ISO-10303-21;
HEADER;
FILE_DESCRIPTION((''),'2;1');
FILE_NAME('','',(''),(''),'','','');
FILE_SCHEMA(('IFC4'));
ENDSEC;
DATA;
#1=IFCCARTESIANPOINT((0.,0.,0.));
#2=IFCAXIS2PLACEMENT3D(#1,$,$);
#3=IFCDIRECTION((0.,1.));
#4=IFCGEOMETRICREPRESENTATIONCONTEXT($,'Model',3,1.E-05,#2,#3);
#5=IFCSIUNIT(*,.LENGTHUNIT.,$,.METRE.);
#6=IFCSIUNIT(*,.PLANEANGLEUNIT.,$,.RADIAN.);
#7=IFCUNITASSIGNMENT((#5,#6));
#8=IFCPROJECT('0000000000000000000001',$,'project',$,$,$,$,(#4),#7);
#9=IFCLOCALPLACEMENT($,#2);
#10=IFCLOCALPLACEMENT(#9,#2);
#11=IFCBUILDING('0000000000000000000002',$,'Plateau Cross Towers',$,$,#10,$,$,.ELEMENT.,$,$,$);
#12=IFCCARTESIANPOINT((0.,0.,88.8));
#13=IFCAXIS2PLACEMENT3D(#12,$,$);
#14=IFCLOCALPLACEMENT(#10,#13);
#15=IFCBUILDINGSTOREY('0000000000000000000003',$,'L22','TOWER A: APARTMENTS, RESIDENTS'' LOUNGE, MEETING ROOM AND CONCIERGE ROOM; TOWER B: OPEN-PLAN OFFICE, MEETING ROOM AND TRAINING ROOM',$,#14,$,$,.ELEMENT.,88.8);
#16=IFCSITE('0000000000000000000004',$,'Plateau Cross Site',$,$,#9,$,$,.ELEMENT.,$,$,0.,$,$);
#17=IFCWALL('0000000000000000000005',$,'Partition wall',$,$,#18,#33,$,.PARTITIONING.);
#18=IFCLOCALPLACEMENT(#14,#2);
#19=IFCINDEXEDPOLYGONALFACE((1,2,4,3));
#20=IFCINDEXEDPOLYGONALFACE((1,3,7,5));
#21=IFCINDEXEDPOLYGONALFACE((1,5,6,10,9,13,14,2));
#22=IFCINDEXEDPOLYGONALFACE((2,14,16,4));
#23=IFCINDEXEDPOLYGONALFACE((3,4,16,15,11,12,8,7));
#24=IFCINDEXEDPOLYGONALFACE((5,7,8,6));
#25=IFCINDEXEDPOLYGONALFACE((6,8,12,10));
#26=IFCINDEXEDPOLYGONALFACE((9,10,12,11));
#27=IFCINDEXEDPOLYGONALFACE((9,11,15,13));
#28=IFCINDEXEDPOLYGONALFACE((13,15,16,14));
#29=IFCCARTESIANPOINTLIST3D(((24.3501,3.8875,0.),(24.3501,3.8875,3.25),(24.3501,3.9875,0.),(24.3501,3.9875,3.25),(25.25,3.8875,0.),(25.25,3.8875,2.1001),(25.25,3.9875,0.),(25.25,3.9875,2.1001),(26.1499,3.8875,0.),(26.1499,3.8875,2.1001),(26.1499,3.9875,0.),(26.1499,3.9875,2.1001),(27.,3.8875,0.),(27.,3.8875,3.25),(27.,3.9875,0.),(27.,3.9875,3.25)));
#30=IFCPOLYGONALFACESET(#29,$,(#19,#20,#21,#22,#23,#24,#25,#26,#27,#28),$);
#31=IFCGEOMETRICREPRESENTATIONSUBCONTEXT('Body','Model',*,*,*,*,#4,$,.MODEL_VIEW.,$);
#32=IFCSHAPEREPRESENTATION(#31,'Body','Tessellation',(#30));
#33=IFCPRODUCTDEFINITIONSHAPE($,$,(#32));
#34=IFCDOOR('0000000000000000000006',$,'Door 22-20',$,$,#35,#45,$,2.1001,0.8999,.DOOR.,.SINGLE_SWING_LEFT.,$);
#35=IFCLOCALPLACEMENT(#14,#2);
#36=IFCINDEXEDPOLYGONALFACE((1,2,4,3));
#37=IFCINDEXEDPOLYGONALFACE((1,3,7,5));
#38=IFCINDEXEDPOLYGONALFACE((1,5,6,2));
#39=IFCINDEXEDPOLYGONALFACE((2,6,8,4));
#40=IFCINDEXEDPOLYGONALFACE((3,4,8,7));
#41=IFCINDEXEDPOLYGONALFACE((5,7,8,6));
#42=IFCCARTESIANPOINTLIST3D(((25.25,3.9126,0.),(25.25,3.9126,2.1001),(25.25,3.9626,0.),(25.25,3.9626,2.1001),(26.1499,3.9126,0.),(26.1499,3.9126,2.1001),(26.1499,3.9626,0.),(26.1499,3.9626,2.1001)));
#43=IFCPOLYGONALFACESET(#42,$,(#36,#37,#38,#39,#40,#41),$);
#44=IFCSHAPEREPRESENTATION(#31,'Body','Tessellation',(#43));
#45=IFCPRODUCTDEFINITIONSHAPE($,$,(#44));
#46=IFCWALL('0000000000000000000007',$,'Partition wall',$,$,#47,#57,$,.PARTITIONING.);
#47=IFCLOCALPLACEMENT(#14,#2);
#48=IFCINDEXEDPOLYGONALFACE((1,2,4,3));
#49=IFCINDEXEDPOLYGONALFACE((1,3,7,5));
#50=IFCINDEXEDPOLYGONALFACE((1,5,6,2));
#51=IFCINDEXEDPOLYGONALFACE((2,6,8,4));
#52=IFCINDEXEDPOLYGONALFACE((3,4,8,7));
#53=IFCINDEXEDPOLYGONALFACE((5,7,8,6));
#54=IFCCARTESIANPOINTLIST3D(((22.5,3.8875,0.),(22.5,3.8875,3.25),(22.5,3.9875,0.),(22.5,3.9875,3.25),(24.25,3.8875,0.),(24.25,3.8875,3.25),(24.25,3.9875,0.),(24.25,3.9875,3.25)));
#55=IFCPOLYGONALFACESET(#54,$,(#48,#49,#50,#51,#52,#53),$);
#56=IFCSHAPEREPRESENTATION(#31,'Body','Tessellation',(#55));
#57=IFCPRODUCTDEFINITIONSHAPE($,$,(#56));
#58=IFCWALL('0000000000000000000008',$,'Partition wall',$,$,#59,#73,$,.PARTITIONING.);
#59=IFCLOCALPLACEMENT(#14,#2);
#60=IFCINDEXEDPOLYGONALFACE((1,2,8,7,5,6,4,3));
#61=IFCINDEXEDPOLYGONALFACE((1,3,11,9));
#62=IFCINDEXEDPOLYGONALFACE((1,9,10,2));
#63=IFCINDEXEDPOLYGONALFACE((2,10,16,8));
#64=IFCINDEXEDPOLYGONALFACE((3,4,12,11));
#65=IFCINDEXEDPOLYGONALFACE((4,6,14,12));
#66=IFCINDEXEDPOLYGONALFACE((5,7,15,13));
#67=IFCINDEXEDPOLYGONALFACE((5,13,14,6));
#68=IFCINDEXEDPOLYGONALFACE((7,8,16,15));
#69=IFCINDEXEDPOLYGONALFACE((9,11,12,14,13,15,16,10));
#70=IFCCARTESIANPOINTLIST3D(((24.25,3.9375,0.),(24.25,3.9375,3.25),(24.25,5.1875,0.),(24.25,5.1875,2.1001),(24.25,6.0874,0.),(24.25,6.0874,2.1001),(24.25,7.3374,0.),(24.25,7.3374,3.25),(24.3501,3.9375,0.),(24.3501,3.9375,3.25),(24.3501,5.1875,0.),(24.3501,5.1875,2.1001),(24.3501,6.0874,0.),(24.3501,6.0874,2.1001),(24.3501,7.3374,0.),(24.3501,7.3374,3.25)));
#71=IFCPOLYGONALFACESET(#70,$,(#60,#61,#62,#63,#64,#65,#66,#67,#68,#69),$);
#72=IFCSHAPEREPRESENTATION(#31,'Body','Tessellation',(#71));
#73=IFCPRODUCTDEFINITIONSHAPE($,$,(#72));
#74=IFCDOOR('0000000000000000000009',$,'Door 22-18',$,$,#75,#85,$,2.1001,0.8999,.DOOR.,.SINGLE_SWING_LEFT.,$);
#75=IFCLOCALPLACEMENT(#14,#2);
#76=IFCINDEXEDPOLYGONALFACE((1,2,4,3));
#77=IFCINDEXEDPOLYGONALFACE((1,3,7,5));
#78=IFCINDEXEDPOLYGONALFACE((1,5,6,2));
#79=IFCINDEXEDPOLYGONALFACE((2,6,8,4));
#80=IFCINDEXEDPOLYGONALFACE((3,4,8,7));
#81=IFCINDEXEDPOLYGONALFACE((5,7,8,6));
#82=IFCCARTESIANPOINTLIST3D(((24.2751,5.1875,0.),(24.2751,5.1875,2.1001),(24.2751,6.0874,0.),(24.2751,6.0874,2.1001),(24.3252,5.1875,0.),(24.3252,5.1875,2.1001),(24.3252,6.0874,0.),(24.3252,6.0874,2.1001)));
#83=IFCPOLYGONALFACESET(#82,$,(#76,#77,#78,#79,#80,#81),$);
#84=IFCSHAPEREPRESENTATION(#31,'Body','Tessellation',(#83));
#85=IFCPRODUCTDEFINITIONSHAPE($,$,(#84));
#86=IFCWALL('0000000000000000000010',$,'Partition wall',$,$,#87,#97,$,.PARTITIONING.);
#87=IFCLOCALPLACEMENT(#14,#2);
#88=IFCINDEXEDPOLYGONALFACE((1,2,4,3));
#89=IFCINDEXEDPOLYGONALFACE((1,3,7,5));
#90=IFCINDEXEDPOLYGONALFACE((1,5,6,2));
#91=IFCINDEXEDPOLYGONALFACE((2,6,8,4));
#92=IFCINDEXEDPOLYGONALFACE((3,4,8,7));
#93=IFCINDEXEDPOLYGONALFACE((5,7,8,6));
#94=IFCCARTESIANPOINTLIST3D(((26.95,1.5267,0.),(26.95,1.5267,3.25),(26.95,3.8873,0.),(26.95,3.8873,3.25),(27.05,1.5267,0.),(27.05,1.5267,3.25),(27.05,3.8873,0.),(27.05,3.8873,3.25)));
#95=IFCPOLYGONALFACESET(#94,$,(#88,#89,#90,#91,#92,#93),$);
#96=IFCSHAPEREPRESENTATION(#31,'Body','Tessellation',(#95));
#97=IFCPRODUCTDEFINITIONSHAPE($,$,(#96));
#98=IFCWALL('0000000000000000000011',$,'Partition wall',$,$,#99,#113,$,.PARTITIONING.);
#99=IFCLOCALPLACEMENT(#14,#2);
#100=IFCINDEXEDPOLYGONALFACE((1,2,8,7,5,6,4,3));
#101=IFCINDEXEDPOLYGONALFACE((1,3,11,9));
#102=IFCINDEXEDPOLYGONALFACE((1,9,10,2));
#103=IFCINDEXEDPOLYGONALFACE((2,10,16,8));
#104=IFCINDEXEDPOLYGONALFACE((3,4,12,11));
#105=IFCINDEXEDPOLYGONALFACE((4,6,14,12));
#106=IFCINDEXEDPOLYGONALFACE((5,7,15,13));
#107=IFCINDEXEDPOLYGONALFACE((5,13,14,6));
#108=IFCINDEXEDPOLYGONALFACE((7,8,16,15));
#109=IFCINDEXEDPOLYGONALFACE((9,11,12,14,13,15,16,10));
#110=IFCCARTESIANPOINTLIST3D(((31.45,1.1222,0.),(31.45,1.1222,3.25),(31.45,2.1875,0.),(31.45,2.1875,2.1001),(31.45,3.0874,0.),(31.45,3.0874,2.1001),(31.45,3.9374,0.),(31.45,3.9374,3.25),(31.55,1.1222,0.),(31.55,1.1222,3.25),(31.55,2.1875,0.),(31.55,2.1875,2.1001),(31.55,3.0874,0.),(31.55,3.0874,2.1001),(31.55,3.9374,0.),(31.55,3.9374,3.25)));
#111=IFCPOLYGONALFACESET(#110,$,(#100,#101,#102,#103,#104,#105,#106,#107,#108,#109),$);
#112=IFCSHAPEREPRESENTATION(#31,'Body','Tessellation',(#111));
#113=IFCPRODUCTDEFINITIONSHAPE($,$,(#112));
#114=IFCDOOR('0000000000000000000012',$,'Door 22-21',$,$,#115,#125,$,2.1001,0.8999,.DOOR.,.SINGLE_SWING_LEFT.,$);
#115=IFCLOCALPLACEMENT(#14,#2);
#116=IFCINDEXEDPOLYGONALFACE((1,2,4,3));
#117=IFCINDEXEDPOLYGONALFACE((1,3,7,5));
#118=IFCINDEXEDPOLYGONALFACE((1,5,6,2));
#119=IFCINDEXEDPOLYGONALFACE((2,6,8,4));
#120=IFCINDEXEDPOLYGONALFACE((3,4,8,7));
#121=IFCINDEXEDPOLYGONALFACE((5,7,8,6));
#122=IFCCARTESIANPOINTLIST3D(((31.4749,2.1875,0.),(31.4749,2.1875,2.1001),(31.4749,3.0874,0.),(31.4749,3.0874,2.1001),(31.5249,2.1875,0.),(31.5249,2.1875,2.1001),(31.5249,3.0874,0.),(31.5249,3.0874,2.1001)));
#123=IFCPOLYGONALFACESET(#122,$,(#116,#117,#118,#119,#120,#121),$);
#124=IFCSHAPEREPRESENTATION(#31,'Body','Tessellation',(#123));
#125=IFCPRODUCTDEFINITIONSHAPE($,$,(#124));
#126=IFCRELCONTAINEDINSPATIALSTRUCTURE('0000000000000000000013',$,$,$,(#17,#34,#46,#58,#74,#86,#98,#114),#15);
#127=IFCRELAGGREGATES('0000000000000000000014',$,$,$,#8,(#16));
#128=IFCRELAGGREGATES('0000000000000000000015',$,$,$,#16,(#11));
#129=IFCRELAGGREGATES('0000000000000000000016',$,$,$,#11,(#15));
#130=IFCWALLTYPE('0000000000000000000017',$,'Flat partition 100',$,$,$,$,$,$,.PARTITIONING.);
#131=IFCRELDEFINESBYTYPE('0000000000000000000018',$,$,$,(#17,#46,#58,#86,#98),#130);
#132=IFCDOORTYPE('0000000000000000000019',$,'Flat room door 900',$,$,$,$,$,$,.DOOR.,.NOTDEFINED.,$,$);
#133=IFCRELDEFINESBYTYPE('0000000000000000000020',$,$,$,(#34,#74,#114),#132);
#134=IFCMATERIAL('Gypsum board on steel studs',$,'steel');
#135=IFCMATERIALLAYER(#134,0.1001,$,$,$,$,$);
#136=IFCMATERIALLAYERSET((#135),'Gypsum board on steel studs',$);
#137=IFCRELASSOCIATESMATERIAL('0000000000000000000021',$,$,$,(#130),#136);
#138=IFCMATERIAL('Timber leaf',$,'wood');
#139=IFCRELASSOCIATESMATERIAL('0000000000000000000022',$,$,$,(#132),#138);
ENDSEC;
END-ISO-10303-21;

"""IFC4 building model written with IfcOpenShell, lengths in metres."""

from ifc_helpers import new_model, si_unit, direction, frame, frame_2d, origin, place, context, subcontext, project, spatial, rectangle, extrude, material, layer, layer_set, type_object, element, fill, save


model = new_model("IFC4")

# Units and contexts
model_context = context("Model", 3, precision=1e-05, world=origin(), true_north=direction((0.0, 1.0)))
body_context = subcontext(model_context, "Body", "Model", "MODEL_VIEW")
ifc_project = project(units=[si_unit("LENGTHUNIT", "METRE"), si_unit("PLANEANGLEUNIT", "RADIAN")], contexts=[model_context])

# Site, building, storey
site_placement = place(None, origin())
site = spatial("IfcSite", under=ifc_project, at=site_placement, Name="Plateau Cross Site", CompositionType="ELEMENT", RefElevation=0.0)
building_placement = place(site_placement, origin())
building = spatial("IfcBuilding", under=site, at=building_placement, Name="Plateau Cross Towers", CompositionType="ELEMENT")
storey_placement = place(building_placement, frame((0.0, 0.0, 88.8)))
storey = spatial("IfcBuildingStorey", under=building, at=storey_placement, Name="L22", Description="TOWER A: APARTMENTS, RESIDENTS' LOUNGE, MEETING ROOM AND CONCIERGE ROOM; TOWER B: OPEN-PLAN OFFICE, MEETING ROOM AND TRAINING ROOM", CompositionType="ELEMENT", Elevation=88.8)

# Wall, opening, door
ifc_material_1 = material(Name="Gypsum board on steel studs", Category="steel")
ifc_layer_1 = layer(ifc_material_1, 0.1001)
ifc_layer_set_1 = layer_set([ifc_layer_1], Name="Gypsum board on steel studs")
wall_type_1 = type_object("IfcWallType", Name="Flat partition 100", PredefinedType="PARTITIONING", material=ifc_layer_set_1)
wall_1_placement = place(storey_placement, frame((27.0, 3.9375, 0.0), z_axis=(0.0, 0.0, 1.0), x_axis=(-1.0, 0.0, 0.0)))
wall_1 = element("IfcWall", 1, at=wall_1_placement, inside=storey, type_object=wall_type_1, Name="Partition wall", PredefinedType="PARTITIONING", context=body_context, shape_type="SweptSolid", body=[
    extrude(rectangle(XDim=2.6499, YDim=0.1001, at=frame_2d((1.325, 0.0))), origin(), (0.0, 0.0, 1.0), 3.25),
])
opening_1_placement = place(wall_1_placement, frame((0.8501, 0.0, 0.0)))
opening_1 = element("IfcOpeningElement", 2, at=opening_1_placement, cuts=wall_1, PredefinedType="OPENING", context=body_context, shape_type="SweptSolid", body=[
    extrude(rectangle(XDim=0.8999, YDim=2.1001, at=frame_2d((0.45, 1.05))), frame((0.0, 0.0601, 0.0), z_axis=(0.0, -1.0, 0.0), x_axis=(1.0, 0.0, 0.0)), (0.0, 0.0, 1.0), 0.1201),
])
ifc_material_2 = material(Name="Timber leaf", Category="wood")
door_type_1 = type_object("IfcDoorType", Name="Flat room door 900", OperationType="NOTDEFINED", PredefinedType="DOOR", material=ifc_material_2)
door_1_placement = place(opening_1_placement, origin())
door_1 = element("IfcDoor", 3, at=door_1_placement, inside=storey, type_object=door_type_1, Name="Door 22-20", OperationType="SINGLE_SWING_LEFT", OverallHeight=2.1001, OverallWidth=0.8999, PredefinedType="DOOR", context=body_context, shape_type="SweptSolid", body=[
    extrude(rectangle(XDim=0.8999, YDim=2.1001, at=frame_2d((0.45, 1.05))), frame((0.0, 0.0249, 0.0), z_axis=(0.0, -1.0, 0.0), x_axis=(1.0, 0.0, 0.0)), (0.0, 0.0, 1.0), 0.05),
])
fill(opening_1, door_1)

# Wall
wall_2_placement = place(storey_placement, frame((22.5, 3.9375, 0.0), z_axis=(0.0, 0.0, 1.0), x_axis=(1.0, 0.0, 0.0)))
element("IfcWall", 4, at=wall_2_placement, inside=storey, type_object=wall_type_1, Name="Partition wall", PredefinedType="PARTITIONING", context=body_context, shape_type="SweptSolid", body=[
    extrude(rectangle(XDim=1.75, YDim=0.1001, at=frame_2d((0.875, 0.0))), origin(), (0.0, 0.0, 1.0), 3.25),
])

# Wall, opening, door
wall_3_placement = place(storey_placement, frame((24.3, 3.9375, 0.0), z_axis=(0.0, 0.0, 1.0), x_axis=(0.0, 1.0, 0.0)))
wall_3 = element("IfcWall", 5, at=wall_3_placement, inside=storey, type_object=wall_type_1, Name="Partition wall", PredefinedType="PARTITIONING", context=body_context, shape_type="SweptSolid", body=[
    extrude(rectangle(XDim=3.3999, YDim=0.1001, at=frame_2d((1.7, 0.0))), origin(), (0.0, 0.0, 1.0), 3.25),
])
opening_2_placement = place(wall_3_placement, frame((1.25, 0.0, 0.0)))
opening_2 = element("IfcOpeningElement", 6, at=opening_2_placement, cuts=wall_3, PredefinedType="OPENING", context=body_context, shape_type="SweptSolid", body=[
    extrude(rectangle(XDim=0.8999, YDim=2.1001, at=frame_2d((0.45, 1.05))), frame((0.0, 0.0601, 0.0), z_axis=(0.0, -1.0, 0.0), x_axis=(1.0, 0.0, 0.0)), (0.0, 0.0, 1.0), 0.1201),
])
door_2_placement = place(opening_2_placement, origin())
door_2 = element("IfcDoor", 7, at=door_2_placement, inside=storey, type_object=door_type_1, Name="Door 22-18", OperationType="SINGLE_SWING_LEFT", OverallHeight=2.1001, OverallWidth=0.8999, PredefinedType="DOOR", context=body_context, shape_type="SweptSolid", body=[
    extrude(rectangle(XDim=0.8999, YDim=2.1001, at=frame_2d((0.45, 1.05))), frame((0.0, 0.0249, 0.0), z_axis=(0.0, -1.0, 0.0), x_axis=(1.0, 0.0, 0.0)), (0.0, 0.0, 1.0), 0.05),
])
fill(opening_2, door_2)

# Wall
wall_4_placement = place(storey_placement, frame((27.0, 1.5269, 0.0), z_axis=(0.0, 0.0, 1.0), x_axis=(0.0, 1.0, 0.0)))
element("IfcWall", 8, at=wall_4_placement, inside=storey, type_object=wall_type_1, Name="Partition wall", PredefinedType="PARTITIONING", context=body_context, shape_type="SweptSolid", body=[
    extrude(rectangle(XDim=2.3606, YDim=0.1001, at=frame_2d((1.1802, 0.0))), origin(), (0.0, 0.0, 1.0), 3.25),
])

# Wall, opening, door
wall_5_placement = place(storey_placement, frame((31.5, 3.9375, 0.0), z_axis=(0.0, 0.0, 1.0), x_axis=(0.0, -1.0, 0.0)))
wall_5 = element("IfcWall", 9, at=wall_5_placement, inside=storey, type_object=wall_type_1, Name="Partition wall", PredefinedType="PARTITIONING", context=body_context, shape_type="SweptSolid", body=[
    extrude(rectangle(XDim=2.8152, YDim=0.1001, at=frame_2d((1.4077, 0.0))), origin(), (0.0, 0.0, 1.0), 3.25),
])
opening_3_placement = place(wall_5_placement, frame((0.8501, 0.0, 0.0)))
opening_3 = element("IfcOpeningElement", 10, at=opening_3_placement, cuts=wall_5, PredefinedType="OPENING", context=body_context, shape_type="SweptSolid", body=[
    extrude(rectangle(XDim=0.8999, YDim=2.1001, at=frame_2d((0.45, 1.05))), frame((0.0, 0.0601, 0.0), z_axis=(0.0, -1.0, 0.0), x_axis=(1.0, 0.0, 0.0)), (0.0, 0.0, 1.0), 0.1201),
])
door_3_placement = place(opening_3_placement, origin())
door_3 = element("IfcDoor", 11, at=door_3_placement, inside=storey, type_object=door_type_1, Name="Door 22-21", OperationType="SINGLE_SWING_LEFT", OverallHeight=2.1001, OverallWidth=0.8999, PredefinedType="DOOR", context=body_context, shape_type="SweptSolid", body=[
    extrude(rectangle(XDim=0.8999, YDim=2.1001, at=frame_2d((0.45, 1.05))), frame((0.0, 0.0249, 0.0), z_axis=(0.0, -1.0, 0.0), x_axis=(1.0, 0.0, 0.0)), (0.0, 0.0, 1.0), 0.05),
])
fill(opening_3, door_3)

save(model, "model.ifc")
